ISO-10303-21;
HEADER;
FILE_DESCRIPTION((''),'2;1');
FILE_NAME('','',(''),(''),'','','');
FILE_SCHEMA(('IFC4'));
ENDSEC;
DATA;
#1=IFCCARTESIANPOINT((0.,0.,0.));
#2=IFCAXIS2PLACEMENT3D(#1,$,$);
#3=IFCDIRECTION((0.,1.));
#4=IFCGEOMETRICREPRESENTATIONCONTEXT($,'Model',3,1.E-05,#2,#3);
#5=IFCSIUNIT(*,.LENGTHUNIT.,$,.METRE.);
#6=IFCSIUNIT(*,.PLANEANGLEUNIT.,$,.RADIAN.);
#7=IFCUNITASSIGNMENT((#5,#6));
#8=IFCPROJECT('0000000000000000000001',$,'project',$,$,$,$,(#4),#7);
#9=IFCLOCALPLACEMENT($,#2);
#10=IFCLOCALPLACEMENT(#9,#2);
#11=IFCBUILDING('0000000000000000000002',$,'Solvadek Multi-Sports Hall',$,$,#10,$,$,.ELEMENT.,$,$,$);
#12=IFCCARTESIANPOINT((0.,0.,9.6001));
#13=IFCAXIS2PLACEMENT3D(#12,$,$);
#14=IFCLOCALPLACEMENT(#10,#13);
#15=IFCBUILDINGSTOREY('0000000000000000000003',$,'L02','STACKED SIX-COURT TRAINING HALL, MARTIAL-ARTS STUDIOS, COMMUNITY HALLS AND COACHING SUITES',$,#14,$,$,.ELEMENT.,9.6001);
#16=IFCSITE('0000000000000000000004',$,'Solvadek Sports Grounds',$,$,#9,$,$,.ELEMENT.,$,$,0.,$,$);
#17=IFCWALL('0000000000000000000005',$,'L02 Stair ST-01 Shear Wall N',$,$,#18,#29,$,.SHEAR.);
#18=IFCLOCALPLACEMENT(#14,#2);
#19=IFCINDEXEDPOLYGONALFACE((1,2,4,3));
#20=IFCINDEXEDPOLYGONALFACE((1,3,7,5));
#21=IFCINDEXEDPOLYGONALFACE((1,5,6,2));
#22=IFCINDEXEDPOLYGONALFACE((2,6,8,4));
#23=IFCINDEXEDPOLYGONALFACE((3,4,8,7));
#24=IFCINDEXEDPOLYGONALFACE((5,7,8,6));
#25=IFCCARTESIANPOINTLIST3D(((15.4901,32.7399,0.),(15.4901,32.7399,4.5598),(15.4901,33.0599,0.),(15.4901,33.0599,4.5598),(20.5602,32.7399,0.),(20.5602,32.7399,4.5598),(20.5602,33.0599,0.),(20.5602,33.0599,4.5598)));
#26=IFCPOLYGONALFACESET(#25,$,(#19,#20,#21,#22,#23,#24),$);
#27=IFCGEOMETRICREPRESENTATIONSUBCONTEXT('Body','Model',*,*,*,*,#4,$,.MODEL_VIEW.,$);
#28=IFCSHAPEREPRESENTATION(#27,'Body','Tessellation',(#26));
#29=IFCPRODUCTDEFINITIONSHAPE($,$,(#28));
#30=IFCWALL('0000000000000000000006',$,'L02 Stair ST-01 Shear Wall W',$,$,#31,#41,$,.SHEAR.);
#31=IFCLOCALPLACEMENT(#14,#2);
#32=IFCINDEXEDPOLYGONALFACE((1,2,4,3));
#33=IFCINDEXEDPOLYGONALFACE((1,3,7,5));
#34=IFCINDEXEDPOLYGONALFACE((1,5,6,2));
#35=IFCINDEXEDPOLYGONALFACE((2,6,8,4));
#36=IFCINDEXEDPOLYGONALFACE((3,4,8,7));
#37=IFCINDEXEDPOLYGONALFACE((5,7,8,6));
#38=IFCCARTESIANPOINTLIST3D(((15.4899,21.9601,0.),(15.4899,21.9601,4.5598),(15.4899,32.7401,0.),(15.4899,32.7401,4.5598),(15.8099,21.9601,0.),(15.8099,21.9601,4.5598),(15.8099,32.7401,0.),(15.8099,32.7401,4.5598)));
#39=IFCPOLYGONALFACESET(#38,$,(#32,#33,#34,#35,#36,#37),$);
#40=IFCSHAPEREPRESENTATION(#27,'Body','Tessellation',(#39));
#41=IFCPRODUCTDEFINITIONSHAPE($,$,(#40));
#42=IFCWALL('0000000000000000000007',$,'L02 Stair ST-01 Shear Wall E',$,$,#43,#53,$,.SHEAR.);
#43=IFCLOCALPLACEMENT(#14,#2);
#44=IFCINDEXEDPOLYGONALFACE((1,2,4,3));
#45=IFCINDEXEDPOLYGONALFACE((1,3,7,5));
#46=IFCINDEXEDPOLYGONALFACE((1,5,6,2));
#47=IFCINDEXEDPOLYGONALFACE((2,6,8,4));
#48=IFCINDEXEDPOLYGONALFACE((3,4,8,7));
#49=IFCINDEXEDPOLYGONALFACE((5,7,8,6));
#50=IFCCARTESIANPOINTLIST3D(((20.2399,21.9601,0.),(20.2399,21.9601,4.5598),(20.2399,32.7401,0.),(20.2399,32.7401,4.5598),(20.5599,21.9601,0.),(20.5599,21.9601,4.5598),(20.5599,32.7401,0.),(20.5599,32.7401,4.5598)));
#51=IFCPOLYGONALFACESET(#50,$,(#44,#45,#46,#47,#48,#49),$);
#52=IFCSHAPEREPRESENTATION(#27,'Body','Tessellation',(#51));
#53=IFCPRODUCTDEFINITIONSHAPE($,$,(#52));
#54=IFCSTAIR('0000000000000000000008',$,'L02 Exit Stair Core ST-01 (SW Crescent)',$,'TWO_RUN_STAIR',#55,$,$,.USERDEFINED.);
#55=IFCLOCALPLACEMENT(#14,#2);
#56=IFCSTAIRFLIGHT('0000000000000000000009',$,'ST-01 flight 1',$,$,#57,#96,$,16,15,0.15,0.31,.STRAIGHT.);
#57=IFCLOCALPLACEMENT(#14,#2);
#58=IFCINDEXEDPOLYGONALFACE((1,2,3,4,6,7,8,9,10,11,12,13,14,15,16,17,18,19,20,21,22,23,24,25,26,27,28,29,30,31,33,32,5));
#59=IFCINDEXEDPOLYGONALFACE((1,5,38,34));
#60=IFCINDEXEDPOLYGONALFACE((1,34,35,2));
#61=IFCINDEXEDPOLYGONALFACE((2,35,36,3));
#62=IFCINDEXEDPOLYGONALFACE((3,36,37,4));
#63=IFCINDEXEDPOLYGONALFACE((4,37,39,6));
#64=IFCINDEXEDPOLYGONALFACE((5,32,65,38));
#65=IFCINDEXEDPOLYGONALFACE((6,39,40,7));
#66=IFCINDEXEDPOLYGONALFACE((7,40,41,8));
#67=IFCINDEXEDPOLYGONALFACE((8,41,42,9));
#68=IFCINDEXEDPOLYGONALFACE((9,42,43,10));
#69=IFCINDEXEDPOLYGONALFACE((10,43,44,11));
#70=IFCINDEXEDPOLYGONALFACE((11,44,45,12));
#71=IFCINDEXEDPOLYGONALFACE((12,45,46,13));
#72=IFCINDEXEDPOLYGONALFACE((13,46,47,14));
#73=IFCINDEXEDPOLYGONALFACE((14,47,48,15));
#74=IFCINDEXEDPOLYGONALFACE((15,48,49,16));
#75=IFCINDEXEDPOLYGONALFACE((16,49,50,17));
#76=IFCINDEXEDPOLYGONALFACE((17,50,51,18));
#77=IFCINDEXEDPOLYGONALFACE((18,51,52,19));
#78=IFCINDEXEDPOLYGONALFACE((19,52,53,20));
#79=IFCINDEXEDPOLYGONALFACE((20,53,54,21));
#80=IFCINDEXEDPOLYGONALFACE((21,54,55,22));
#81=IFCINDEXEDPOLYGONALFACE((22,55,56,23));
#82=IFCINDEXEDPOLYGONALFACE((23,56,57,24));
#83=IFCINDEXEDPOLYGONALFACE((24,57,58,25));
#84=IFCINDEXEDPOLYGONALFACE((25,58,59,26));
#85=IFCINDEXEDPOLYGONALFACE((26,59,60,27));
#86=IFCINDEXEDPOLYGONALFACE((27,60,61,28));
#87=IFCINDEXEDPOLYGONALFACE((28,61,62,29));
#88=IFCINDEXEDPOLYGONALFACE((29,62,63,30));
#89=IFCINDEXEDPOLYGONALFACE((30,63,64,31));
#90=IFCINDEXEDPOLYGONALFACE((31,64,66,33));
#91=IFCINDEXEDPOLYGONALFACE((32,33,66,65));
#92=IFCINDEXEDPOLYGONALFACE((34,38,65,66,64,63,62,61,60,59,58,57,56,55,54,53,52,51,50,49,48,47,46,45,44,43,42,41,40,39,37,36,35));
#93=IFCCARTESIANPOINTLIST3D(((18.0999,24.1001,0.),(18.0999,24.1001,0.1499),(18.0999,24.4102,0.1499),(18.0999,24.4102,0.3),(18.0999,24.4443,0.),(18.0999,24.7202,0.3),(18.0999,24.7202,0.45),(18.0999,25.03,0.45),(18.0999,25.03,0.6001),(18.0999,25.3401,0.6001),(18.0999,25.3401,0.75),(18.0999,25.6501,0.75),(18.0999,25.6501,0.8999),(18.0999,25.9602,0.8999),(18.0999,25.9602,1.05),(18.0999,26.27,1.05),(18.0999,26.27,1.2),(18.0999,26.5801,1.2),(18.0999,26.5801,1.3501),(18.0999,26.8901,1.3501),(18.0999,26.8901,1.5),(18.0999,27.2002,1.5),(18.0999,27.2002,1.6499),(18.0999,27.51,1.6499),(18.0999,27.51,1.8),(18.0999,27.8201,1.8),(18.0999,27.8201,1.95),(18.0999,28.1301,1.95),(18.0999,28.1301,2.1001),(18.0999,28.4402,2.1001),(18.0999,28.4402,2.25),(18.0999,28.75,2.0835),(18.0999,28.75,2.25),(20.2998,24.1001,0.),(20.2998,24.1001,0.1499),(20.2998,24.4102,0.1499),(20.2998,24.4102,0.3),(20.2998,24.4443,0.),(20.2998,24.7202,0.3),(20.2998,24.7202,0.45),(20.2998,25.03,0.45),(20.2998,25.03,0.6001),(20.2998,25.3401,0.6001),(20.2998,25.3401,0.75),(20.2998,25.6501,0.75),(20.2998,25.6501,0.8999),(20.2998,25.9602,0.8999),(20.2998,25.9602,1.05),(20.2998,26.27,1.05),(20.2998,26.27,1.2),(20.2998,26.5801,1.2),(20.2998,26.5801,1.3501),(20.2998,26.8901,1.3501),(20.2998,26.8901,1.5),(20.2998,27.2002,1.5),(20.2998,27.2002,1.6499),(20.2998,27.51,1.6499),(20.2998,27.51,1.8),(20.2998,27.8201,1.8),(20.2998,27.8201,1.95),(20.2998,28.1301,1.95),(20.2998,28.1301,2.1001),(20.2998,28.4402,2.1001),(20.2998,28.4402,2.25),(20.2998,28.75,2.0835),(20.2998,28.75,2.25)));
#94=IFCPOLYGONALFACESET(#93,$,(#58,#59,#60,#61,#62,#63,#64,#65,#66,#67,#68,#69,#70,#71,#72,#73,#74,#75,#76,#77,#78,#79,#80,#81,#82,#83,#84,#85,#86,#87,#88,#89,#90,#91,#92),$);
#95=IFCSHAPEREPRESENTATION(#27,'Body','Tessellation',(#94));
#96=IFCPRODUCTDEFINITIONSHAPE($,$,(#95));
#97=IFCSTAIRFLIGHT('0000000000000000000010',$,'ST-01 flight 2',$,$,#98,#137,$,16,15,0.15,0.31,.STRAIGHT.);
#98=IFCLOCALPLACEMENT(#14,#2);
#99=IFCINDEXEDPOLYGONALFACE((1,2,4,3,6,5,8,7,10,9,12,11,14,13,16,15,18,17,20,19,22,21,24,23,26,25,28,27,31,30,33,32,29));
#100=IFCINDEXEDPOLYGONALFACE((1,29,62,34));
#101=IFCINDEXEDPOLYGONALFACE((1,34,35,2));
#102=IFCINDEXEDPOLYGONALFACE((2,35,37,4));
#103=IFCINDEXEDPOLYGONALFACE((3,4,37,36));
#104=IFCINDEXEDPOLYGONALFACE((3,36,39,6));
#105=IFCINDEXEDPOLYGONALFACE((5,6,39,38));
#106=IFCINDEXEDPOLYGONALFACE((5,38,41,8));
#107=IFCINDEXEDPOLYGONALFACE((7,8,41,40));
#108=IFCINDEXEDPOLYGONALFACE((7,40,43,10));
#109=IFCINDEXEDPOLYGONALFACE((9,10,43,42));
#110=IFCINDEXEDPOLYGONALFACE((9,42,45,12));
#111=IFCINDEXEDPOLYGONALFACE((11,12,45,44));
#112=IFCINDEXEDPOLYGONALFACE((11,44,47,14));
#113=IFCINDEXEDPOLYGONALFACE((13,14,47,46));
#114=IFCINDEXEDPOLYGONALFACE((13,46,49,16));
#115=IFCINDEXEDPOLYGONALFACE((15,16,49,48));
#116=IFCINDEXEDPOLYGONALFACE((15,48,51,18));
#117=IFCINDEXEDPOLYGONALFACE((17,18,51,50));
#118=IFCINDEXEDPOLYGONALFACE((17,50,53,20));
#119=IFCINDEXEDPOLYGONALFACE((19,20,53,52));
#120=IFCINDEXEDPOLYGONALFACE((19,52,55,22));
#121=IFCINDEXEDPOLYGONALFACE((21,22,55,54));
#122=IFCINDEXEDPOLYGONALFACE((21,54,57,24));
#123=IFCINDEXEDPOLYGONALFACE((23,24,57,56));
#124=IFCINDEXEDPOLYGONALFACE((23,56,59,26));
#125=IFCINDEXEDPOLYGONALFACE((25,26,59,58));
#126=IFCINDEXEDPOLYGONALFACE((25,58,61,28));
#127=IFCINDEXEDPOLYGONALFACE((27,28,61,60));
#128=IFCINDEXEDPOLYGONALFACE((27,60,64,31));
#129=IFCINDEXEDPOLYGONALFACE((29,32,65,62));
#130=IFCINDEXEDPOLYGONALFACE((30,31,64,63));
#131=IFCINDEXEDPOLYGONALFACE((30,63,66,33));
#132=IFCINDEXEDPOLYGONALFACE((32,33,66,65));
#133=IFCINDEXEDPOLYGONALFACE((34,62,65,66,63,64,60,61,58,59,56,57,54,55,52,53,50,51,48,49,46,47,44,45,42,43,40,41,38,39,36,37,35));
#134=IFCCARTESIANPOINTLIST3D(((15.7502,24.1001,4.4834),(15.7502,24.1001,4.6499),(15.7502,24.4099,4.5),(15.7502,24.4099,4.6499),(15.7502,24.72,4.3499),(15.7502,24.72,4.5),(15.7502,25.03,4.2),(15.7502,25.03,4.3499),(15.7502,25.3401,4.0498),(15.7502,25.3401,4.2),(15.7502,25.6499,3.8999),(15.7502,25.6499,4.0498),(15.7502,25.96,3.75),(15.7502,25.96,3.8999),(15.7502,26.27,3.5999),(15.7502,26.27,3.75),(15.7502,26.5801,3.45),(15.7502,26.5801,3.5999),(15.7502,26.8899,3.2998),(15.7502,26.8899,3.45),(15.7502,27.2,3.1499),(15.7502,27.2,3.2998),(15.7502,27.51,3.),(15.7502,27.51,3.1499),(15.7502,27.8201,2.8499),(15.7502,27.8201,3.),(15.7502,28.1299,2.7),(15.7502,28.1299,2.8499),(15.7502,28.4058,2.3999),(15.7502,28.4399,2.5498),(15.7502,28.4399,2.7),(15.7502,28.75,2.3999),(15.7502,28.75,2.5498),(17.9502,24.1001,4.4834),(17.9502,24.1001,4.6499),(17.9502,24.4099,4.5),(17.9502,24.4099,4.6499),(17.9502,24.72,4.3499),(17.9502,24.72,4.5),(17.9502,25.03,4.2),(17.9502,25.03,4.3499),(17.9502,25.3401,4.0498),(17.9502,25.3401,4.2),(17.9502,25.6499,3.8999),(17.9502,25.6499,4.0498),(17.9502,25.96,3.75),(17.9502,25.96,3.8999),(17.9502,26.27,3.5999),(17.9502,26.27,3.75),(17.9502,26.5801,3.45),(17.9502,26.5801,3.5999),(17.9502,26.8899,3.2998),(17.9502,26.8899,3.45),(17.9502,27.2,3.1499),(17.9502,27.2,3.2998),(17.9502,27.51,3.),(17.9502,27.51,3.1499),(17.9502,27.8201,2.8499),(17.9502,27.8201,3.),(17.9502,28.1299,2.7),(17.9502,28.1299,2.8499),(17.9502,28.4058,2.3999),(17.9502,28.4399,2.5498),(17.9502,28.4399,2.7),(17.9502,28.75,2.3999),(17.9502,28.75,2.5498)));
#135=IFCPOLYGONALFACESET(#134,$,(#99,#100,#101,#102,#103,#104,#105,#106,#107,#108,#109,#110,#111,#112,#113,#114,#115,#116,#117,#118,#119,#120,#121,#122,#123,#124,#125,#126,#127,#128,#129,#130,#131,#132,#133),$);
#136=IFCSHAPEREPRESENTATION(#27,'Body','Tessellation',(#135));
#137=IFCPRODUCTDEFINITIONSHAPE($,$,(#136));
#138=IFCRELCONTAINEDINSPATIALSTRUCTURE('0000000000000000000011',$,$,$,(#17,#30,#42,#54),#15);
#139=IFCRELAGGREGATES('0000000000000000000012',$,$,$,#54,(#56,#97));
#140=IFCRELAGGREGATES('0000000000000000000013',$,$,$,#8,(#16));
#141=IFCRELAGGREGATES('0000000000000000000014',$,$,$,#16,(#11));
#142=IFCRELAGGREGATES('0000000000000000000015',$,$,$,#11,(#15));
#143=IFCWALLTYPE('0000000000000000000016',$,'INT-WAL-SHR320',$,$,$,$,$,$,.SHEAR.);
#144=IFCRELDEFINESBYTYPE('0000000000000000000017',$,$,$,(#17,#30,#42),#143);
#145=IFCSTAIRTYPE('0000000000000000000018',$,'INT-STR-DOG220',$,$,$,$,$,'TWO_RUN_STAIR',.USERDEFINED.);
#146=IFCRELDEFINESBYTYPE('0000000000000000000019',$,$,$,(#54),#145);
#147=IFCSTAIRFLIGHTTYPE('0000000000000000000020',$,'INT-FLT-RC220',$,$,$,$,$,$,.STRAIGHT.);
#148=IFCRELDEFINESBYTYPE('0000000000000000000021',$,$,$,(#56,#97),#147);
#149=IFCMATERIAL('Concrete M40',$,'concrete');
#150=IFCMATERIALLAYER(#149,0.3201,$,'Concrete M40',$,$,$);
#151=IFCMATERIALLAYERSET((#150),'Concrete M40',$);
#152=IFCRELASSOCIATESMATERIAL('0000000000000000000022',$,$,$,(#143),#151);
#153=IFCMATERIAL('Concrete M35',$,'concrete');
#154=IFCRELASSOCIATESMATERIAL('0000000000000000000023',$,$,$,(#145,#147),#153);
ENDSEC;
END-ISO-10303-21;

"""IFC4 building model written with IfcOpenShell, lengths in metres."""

from ifc_helpers import new_model, si_unit, direction, frame, frame_2d, origin, place, context, subcontext, project, spatial, polyline, rectangle, outline, extrude, material, layer, layer_set, type_object, element, aggregate, save


model = new_model("IFC4")

# Units and contexts
model_context = context("Model", 3, precision=1e-05, world=origin(), true_north=direction((0.0, 1.0)))
body_context = subcontext(model_context, "Body", "Model", "MODEL_VIEW")
ifc_project = project(units=[si_unit("LENGTHUNIT", "METRE"), si_unit("PLANEANGLEUNIT", "RADIAN")], contexts=[model_context])

# Site, building, storey
site_placement = place(None, origin())
site = spatial("IfcSite", under=ifc_project, at=site_placement, Name="Solvadek Sports Grounds", CompositionType="ELEMENT", RefElevation=0.0)
building_placement = place(site_placement, origin())
building = spatial("IfcBuilding", under=site, at=building_placement, Name="Solvadek Multi-Sports Hall", CompositionType="ELEMENT")
storey_placement = place(building_placement, frame((0.0, 0.0, 9.6001)))
storey = spatial("IfcBuildingStorey", under=building, at=storey_placement, Name="L02", Description="STACKED SIX-COURT TRAINING HALL, MARTIAL-ARTS STUDIOS, COMMUNITY HALLS AND COACHING SUITES", CompositionType="ELEMENT", Elevation=9.6001)

# Walls
ifc_material_1 = material(Name="Concrete M40", Category="concrete")
ifc_layer_1 = layer(ifc_material_1, 0.3201, Name="Concrete M40")
ifc_layer_set_1 = layer_set([ifc_layer_1], Name="Concrete M40")
wall_type = type_object("IfcWallType", Name="INT-WAL-SHR320", PredefinedType="SHEAR", material=ifc_layer_set_1)
wall_placement = place(storey_placement, frame((15.49, 32.8999, 0.0), z_axis=(0.0, 0.0, 1.0), x_axis=(1.0, 0.0, 0.0)))
element("IfcWall", 1, at=wall_placement, inside=storey, type_object=wall_type, Name="L02 Stair ST-01 Shear Wall N", PredefinedType="SHEAR", context=body_context, shape_type="SweptSolid", body=[
    extrude(rectangle(XDim=5.0701, YDim=0.3201, at=frame_2d((2.5352, 0.0))), origin(), (0.0, 0.0, 1.0), 4.5598),
])
for number, where, z_axis, x_axis, name in (
    (2, (15.6499, 21.96, 0.0), (0.0, 0.0, 1.0), (0.0, 1.0, 0.0), "L02 Stair ST-01 Shear Wall W"),
    (3, (20.3999, 21.96, 0.0), (0.0, 0.0, 1.0), (0.0, 1.0, 0.0), "L02 Stair ST-01 Shear Wall E"),
):
    element("IfcWall", number, at=place(storey_placement, frame(where, z_axis=z_axis, x_axis=x_axis)), inside=storey, type_object=wall_type, Name=name, PredefinedType="SHEAR", context=body_context, shape_type="SweptSolid", body=[
        extrude(rectangle(XDim=10.78, YDim=0.3201, at=frame_2d((5.3901, 0.0))), origin(), (0.0, 0.0, 1.0), 4.5598),
    ])

# Stair, stair flights
ifc_material_2 = material(Name="Concrete M35", Category="concrete")
stair_type = type_object("IfcStairType", Name="INT-STR-DOG220", ElementType="TWO_RUN_STAIR", PredefinedType="USERDEFINED", material=ifc_material_2)
stair_placement = place(storey_placement, origin())
stair = element("IfcStair", 4, at=stair_placement, inside=storey, type_object=stair_type, Name="L02 Exit Stair Core ST-01 (SW Crescent)", ObjectType="TWO_RUN_STAIR", PredefinedType="USERDEFINED")
stair_flight_type = type_object("IfcStairFlightType", Name="INT-FLT-RC220", PredefinedType="STRAIGHT", material=ifc_material_2)
stair_flight_1_placement = place(storey_placement, frame((19.2, 24.1001, 0.0), z_axis=(0.0, 0.0, 1.0), x_axis=(0.0, 1.0, 0.0)))
stair_flight_1 = element("IfcStairFlight", 5, at=stair_flight_1_placement, type_object=stair_flight_type, Name="ST-01 flight 1", NumberOfRisers=16, NumberOfTreads=15, PredefinedType="STRAIGHT", RiserHeight=0.15, TreadLength=0.31, context=body_context, shape_type="SweptSolid", body=[
    extrude(outline(polyline([(0.0, 0.0), (0.0, 0.1499), (0.3101, 0.1499), (0.3101, 0.3), (0.6201, 0.3), (0.6201, 0.45), (0.9299, 0.45), (0.9299, 0.6001), (1.24, 0.6001), (1.24, 0.75), (1.55, 0.75), (1.55, 0.8999), (1.8601, 0.8999), (1.8601, 1.05), (2.1699, 1.05), (2.1699, 1.2), (2.48, 1.2), (2.48, 1.3501), (2.79, 1.3501), (2.79, 1.5), (3.1001, 1.5), (3.1001, 1.6499), (3.4099, 1.6499), (3.4099, 1.8), (3.72, 1.8), (3.72, 1.95), (4.03, 1.95), (4.03, 2.1001), (4.3401, 2.1001), (4.3401, 2.25), (4.6499, 2.25), (4.6499, 2.3999), (4.6499, 2.0835), (0.3442, 0.0), (0.0, 0.0)])), frame((0.0, 1.1001, 0.0), z_axis=(0.0, -1.0, 0.0), x_axis=(1.0, 0.0, 0.0)), (0.0, 0.0, 1.0), 2.2),
])
stair_flight_2_placement = place(storey_placement, frame((16.8501, 28.75, 2.3999), z_axis=(0.0, 0.0, 1.0), x_axis=(0.0, -1.0, 0.0)))
stair_flight_2 = element("IfcStairFlight", 6, at=stair_flight_2_placement, type_object=stair_flight_type, Name="ST-01 flight 2", NumberOfRisers=16, NumberOfTreads=15, PredefinedType="STRAIGHT", RiserHeight=0.15, TreadLength=0.31, context=body_context, shape_type="SweptSolid", body=[
    extrude(outline(polyline([(0.0, 0.0), (0.0, 0.1499), (0.3101, 0.1499), (0.3101, 0.3), (0.6201, 0.3), (0.6201, 0.45), (0.9299, 0.45), (0.9299, 0.6001), (1.24, 0.6001), (1.24, 0.75), (1.55, 0.75), (1.55, 0.8999), (1.8601, 0.8999), (1.8601, 1.05), (2.1699, 1.05), (2.1699, 1.2), (2.48, 1.2), (2.48, 1.3501), (2.79, 1.3501), (2.79, 1.5), (3.1001, 1.5), (3.1001, 1.6499), (3.4099, 1.6499), (3.4099, 1.8), (3.72, 1.8), (3.72, 1.95), (4.03, 1.95), (4.03, 2.1001), (4.3401, 2.1001), (4.3401, 2.25), (4.6499, 2.25), (4.6499, 2.3999), (4.6499, 2.0835), (0.3442, 0.0), (0.0, 0.0)])), frame((0.0, 1.1001, 0.0), z_axis=(0.0, -1.0, 0.0), x_axis=(1.0, 0.0, 0.0)), (0.0, 0.0, 1.0), 2.2),
])
aggregate(stair, [stair_flight_1, stair_flight_2])

save(model, "model.ifc")
